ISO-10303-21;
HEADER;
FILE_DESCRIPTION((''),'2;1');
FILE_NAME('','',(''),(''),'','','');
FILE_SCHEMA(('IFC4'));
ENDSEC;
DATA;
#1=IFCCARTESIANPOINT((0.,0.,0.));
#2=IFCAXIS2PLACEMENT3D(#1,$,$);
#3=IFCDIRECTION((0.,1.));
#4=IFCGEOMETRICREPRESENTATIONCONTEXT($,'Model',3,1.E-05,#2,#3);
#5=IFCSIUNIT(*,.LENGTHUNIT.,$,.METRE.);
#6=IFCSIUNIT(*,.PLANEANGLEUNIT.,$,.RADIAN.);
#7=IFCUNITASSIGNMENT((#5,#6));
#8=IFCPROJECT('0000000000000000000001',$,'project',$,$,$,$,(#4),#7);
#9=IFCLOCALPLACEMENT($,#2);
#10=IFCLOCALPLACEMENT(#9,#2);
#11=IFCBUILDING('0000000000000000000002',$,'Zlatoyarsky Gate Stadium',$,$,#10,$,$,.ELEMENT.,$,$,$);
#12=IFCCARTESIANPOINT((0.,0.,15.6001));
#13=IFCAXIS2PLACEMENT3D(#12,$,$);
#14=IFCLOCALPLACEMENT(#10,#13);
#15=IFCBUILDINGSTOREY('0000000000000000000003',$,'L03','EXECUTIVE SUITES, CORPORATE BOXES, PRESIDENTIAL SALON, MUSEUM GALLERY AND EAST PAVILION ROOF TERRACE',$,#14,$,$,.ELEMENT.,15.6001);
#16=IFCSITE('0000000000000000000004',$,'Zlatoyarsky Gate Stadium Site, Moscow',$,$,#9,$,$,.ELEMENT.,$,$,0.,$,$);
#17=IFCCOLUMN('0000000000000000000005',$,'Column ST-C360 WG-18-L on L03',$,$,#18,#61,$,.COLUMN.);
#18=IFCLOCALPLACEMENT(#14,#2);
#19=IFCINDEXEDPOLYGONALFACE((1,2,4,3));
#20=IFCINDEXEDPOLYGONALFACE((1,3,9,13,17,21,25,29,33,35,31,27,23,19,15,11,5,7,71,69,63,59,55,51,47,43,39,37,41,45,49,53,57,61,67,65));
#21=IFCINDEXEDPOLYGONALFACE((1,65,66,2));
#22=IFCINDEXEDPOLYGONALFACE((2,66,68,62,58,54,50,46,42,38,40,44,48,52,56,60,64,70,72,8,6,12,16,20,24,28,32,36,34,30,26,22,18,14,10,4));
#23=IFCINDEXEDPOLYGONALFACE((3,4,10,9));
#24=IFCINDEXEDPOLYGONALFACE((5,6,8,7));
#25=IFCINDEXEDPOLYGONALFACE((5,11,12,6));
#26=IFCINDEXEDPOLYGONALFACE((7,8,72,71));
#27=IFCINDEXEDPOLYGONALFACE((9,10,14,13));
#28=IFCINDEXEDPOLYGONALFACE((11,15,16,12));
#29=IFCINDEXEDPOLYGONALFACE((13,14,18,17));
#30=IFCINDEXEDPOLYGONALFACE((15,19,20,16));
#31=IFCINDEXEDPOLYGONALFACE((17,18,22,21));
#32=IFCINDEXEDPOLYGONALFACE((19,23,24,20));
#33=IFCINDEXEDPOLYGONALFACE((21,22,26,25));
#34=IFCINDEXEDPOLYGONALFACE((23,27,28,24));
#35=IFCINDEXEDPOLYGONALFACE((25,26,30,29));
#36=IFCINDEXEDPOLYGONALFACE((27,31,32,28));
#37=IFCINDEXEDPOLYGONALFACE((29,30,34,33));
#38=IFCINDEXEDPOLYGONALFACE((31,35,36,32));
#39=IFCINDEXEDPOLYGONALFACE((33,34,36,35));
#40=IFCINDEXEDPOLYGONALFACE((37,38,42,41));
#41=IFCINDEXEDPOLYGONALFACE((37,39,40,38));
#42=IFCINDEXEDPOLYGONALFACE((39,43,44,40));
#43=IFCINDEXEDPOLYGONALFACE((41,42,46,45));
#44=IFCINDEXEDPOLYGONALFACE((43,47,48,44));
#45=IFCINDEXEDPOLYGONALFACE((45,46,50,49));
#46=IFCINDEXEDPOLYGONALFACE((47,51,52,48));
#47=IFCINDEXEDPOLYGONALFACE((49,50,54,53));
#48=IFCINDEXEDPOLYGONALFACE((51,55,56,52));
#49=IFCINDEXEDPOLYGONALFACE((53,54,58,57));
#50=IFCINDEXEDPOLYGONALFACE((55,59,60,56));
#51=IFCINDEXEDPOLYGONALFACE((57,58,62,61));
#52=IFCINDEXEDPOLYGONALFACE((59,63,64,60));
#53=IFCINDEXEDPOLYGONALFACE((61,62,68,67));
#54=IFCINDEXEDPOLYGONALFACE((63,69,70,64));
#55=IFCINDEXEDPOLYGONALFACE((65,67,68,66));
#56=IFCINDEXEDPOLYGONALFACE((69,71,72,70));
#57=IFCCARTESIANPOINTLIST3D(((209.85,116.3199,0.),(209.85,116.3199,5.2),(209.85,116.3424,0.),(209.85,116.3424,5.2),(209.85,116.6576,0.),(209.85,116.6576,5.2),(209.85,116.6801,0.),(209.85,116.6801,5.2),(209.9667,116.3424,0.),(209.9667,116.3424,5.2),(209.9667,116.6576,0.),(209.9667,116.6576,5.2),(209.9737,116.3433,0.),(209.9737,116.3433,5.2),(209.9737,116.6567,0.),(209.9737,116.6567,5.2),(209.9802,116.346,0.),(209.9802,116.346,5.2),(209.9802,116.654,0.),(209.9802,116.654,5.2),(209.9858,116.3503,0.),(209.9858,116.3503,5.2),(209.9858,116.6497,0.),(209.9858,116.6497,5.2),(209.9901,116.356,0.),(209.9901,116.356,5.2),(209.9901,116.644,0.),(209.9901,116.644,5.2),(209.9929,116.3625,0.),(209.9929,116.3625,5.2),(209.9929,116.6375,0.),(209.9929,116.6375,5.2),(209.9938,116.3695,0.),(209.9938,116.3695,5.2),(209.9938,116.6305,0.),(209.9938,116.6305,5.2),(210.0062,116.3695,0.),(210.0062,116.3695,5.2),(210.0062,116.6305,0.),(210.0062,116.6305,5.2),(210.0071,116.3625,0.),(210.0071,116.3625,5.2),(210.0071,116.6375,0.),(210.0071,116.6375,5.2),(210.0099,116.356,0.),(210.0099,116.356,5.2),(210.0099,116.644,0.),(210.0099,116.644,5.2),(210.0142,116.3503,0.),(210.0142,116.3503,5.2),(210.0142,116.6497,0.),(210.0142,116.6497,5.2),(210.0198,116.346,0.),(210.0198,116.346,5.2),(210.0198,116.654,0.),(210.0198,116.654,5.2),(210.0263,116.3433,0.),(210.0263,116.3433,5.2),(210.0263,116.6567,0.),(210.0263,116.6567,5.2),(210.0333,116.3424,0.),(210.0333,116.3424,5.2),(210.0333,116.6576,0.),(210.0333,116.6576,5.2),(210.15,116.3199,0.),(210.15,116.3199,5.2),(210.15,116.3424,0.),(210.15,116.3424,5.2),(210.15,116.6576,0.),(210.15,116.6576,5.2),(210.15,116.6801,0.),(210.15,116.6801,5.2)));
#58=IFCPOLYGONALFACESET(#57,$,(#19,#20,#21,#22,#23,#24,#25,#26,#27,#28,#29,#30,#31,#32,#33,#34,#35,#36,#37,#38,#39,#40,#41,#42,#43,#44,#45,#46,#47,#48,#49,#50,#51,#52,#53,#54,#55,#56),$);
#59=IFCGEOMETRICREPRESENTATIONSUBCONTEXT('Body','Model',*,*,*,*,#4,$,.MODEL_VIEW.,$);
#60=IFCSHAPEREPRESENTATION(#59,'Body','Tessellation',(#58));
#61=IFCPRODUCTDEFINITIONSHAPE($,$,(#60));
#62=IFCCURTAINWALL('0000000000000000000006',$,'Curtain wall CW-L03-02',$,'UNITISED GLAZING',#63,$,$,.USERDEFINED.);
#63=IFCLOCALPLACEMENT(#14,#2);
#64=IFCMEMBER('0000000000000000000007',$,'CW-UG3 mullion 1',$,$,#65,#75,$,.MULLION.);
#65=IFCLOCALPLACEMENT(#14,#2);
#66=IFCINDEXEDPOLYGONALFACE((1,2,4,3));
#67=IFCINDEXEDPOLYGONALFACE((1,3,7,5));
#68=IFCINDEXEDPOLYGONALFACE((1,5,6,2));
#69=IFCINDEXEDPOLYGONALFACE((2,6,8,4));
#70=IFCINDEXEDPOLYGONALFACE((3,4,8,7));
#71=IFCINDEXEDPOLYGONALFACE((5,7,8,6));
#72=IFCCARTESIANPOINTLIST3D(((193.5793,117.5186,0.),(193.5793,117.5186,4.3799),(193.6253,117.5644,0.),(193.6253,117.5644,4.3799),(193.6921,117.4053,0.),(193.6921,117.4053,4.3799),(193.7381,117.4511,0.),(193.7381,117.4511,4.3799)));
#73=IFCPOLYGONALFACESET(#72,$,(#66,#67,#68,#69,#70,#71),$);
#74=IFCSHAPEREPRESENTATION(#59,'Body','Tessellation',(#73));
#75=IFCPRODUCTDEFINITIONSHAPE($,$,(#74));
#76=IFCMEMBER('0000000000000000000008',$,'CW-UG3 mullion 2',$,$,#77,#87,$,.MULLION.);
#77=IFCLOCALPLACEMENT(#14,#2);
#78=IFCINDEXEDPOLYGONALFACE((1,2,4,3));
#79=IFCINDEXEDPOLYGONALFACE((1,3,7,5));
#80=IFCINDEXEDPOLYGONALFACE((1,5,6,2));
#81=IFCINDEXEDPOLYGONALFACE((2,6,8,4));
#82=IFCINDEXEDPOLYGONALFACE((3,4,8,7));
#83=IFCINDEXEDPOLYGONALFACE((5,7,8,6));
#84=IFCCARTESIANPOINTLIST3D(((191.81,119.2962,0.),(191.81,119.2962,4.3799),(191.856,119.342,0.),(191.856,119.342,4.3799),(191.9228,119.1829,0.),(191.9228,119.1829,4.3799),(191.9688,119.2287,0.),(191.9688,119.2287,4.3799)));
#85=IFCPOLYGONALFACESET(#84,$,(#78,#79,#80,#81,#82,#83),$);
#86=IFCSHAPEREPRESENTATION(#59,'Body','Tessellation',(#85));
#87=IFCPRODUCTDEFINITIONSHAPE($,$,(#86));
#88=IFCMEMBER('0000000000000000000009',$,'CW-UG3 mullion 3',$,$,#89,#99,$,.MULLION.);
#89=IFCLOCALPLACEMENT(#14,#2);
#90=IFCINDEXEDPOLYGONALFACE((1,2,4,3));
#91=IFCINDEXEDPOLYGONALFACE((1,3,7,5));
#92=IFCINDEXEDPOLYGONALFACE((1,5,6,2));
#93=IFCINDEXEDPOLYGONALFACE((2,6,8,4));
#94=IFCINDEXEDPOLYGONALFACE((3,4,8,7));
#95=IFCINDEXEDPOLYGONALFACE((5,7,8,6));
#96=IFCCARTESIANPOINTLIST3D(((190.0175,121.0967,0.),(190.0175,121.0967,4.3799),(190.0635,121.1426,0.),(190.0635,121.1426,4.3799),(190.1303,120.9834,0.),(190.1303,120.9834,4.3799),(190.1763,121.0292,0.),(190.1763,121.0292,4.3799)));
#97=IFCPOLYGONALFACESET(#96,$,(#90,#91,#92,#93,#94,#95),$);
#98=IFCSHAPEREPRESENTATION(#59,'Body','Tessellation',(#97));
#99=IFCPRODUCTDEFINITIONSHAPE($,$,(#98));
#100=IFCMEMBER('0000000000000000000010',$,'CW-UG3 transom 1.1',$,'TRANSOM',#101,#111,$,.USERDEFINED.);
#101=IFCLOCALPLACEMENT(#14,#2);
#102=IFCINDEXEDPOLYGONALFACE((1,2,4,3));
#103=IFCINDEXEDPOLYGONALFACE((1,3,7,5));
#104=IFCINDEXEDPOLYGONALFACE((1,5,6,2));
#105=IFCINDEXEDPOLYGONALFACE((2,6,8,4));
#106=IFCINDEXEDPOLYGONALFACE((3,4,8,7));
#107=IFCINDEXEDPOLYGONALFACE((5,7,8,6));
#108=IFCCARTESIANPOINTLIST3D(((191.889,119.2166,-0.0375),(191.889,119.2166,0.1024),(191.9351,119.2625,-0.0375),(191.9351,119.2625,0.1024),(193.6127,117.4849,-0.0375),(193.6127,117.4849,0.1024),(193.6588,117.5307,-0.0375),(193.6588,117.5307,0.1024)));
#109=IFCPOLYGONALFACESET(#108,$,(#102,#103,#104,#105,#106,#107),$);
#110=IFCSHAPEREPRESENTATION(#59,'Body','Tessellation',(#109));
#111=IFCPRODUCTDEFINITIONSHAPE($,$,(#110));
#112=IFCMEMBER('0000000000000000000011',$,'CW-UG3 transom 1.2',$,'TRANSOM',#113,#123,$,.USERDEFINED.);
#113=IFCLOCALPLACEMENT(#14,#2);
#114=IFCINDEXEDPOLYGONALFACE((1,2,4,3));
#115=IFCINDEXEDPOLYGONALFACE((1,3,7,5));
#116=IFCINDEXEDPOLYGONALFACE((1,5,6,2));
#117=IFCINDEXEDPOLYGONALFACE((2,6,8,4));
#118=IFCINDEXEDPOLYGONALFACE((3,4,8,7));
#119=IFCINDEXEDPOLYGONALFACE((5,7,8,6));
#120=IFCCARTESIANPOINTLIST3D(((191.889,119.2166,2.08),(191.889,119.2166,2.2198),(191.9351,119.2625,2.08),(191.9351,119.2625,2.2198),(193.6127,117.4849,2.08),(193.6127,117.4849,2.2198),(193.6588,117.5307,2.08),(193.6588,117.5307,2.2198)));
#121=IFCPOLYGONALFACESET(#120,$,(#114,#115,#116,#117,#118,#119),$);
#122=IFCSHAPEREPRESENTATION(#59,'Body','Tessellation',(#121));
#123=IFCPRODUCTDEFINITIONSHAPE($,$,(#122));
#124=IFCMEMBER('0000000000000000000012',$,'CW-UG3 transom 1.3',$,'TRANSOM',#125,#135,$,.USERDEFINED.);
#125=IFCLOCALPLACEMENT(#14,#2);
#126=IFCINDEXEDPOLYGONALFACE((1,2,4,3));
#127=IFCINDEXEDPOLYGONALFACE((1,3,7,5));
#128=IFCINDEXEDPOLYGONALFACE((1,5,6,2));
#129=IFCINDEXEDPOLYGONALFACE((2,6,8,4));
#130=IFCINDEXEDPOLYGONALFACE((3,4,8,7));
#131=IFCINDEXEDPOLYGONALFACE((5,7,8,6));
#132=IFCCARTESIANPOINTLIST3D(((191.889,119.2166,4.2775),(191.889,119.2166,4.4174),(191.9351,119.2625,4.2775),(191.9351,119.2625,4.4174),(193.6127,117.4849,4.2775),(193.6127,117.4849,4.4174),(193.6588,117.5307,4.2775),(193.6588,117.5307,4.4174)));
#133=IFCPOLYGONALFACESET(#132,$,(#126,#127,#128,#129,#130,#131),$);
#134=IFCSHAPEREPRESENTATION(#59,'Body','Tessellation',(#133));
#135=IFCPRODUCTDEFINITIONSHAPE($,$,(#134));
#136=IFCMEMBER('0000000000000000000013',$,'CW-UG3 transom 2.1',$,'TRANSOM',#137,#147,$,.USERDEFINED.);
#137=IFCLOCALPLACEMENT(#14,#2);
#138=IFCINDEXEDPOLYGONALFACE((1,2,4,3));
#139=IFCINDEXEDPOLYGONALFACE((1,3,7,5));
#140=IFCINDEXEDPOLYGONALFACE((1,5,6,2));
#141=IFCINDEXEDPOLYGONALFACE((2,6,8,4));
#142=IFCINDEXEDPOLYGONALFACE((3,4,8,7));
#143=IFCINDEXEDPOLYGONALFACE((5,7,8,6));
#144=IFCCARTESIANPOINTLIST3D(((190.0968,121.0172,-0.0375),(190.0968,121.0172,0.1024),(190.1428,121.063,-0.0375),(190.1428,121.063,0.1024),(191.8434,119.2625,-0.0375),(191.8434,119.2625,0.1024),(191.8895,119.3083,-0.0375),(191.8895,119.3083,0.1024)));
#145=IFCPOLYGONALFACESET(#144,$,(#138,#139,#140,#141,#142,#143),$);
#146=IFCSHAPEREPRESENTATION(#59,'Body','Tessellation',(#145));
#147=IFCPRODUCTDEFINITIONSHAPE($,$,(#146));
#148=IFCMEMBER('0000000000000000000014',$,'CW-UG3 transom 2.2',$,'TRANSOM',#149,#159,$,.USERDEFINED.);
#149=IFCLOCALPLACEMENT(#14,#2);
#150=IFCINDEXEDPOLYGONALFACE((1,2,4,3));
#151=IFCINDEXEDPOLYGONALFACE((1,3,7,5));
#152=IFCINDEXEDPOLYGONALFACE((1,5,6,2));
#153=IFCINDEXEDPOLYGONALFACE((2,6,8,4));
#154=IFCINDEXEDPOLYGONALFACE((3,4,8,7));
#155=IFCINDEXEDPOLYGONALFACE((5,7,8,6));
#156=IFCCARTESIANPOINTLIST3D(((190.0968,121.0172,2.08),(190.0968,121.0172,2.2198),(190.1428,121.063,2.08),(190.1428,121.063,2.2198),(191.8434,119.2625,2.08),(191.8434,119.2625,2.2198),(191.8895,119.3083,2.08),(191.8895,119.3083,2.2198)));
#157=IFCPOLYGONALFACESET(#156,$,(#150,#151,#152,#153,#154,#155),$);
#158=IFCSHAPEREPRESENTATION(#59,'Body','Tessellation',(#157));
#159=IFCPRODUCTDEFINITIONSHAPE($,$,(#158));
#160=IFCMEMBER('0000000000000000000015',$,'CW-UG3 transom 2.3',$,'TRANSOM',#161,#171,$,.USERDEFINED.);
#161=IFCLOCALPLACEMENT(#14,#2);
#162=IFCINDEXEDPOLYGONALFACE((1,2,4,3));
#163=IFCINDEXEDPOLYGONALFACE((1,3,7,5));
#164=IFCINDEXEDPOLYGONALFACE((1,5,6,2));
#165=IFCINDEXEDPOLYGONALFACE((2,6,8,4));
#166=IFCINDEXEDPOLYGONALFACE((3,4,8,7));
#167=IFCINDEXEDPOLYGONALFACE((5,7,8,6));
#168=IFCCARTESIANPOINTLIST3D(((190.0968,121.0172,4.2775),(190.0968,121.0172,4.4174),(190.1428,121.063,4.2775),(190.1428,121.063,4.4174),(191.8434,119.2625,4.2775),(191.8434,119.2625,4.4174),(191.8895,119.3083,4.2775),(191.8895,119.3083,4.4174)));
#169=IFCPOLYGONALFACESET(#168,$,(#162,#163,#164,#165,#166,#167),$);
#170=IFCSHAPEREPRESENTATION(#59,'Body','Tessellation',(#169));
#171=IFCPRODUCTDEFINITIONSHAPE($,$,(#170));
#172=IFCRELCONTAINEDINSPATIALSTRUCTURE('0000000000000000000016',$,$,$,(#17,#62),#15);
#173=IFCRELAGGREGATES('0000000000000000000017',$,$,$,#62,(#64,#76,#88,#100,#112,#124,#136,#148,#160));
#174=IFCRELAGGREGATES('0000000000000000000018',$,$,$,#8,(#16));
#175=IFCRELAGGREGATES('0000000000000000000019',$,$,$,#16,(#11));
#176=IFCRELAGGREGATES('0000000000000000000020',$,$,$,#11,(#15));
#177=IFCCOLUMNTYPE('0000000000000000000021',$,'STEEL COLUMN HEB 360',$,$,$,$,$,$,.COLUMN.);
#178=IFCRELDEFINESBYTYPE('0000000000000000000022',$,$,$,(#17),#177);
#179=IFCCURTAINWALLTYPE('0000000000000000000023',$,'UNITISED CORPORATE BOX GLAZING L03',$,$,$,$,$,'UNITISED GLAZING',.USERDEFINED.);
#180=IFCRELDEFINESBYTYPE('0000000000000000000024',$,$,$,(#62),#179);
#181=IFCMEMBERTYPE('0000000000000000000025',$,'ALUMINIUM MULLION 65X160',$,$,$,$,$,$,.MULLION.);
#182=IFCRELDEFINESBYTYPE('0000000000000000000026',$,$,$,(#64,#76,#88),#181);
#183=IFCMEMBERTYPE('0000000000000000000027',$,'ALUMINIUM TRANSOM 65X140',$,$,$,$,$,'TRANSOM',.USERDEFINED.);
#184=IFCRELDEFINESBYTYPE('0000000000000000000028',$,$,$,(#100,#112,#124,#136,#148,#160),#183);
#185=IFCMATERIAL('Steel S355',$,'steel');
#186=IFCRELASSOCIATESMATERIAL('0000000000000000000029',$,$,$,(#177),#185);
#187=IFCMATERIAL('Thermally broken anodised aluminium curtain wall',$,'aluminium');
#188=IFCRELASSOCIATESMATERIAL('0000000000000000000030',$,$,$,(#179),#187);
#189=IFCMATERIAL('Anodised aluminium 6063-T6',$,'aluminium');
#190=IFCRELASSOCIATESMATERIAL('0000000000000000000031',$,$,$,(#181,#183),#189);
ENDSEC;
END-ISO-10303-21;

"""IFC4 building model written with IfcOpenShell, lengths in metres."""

from ifc_helpers import new_model, si_unit, direction, frame, origin, origin_2d, place, context, subcontext, project, spatial, rectangle, i_section, extrude, material, material_profile, profile_set, type_object, element, aggregate, save


model = new_model("IFC4")

# Units and contexts
model_context = context("Model", 3, precision=1e-05, world=origin(), true_north=direction((0.0, 1.0)))
body_context = subcontext(model_context, "Body", "Model", "MODEL_VIEW")
ifc_project = project(units=[si_unit("LENGTHUNIT", "METRE"), si_unit("PLANEANGLEUNIT", "RADIAN")], contexts=[model_context])

# Site, building, storey
site_placement = place(None, origin())
site = spatial("IfcSite", under=ifc_project, at=site_placement, Name="Zlatoyarsky Gate Stadium Site, Moscow", CompositionType="ELEMENT", RefElevation=0.0)
building_placement = place(site_placement, origin())
building = spatial("IfcBuilding", under=site, at=building_placement, Name="Zlatoyarsky Gate Stadium", CompositionType="ELEMENT")
storey_placement = place(building_placement, frame((0.0, 0.0, 15.6001)))
storey = spatial("IfcBuildingStorey", under=building, at=storey_placement, Name="L03", Description="EXECUTIVE SUITES, CORPORATE BOXES, PRESIDENTIAL SALON, MUSEUM GALLERY AND EAST PAVILION ROOF TERRACE", CompositionType="ELEMENT", Elevation=15.6001)

# Column
ifc_material_1 = material(Name="Steel S355", Category="steel")
ifc_material_profile_1 = material_profile(ifc_material_1, i_section(OverallWidth=0.3, OverallDepth=0.3601, WebThickness=0.0125, FlangeThickness=0.0225, FilletRadius=0.0271, at=origin_2d()), Name="HEB 360")
ifc_profile_set_1 = profile_set([ifc_material_profile_1], Name="Steel S355")
column_type = type_object("IfcColumnType", Name="STEEL COLUMN HEB 360", PredefinedType="COLUMN", material=ifc_profile_set_1)
column_placement = place(storey_placement, frame((210.0, 116.5, 0.0), z_axis=(0.0, 0.0, 1.0), x_axis=(1.0, 0.0, 0.0)))
element("IfcColumn", 1, at=column_placement, inside=storey, type_object=column_type, Name="Column ST-C360 WG-18-L on L03", PredefinedType="COLUMN", context=body_context, shape_type="SweptSolid", body=[
    extrude(i_section(OverallWidth=0.3, OverallDepth=0.3601, WebThickness=0.0125, FlangeThickness=0.0225, FilletRadius=0.0271, at=origin_2d()), origin(), (0.0, 0.0, 1.0), 5.2),
])

# Curtain wall, members
ifc_material_2 = material(Name="Thermally broken anodised aluminium curtain wall", Category="aluminium")
curtain_wall_type = type_object("IfcCurtainWallType", Name="UNITISED CORPORATE BOX GLAZING L03", ElementType="UNITISED GLAZING", PredefinedType="USERDEFINED", material=ifc_material_2)
curtain_wall_placement = place(storey_placement, origin())
curtain_wall = element("IfcCurtainWall", 2, at=curtain_wall_placement, inside=storey, type_object=curtain_wall_type, Name="Curtain wall CW-L03-02", ObjectType="UNITISED GLAZING", PredefinedType="USERDEFINED")
ifc_material_3 = material(Name="Anodised aluminium 6063-T6", Category="aluminium")
ifc_material_profile_2 = material_profile(ifc_material_3, rectangle(XDim=0.0649, YDim=0.1599, at=origin_2d()), Name="ALU 65X160")
ifc_profile_set_2 = profile_set([ifc_material_profile_2], Name="Anodised aluminium 6063-T6")
member_type_1 = type_object("IfcMemberType", Name="ALUMINIUM MULLION 65X160", PredefinedType="MULLION", material=ifc_profile_set_2)
member_1_placement = place(storey_placement, frame((193.6587, 117.4849, 0.0), z_axis=(0.0, 0.0, 1.0), x_axis=(-0.708721, -0.705489, 0.0)))
member_1 = element("IfcMember", 3, at=member_1_placement, type_object=member_type_1, Name="CW-UG3 mullion 1", PredefinedType="MULLION", context=body_context, shape_type="SweptSolid", body=[
    extrude(rectangle(XDim=0.0649, YDim=0.1599, at=origin_2d()), origin(), (0.0, 0.0, 1.0), 4.3799),
])
member_2_placement = place(storey_placement, frame((191.8894, 119.2625, 0.0), z_axis=(0.0, 0.0, 1.0), x_axis=(-0.708721, -0.705489, 0.0)))
member_2 = element("IfcMember", 4, at=member_2_placement, type_object=member_type_1, Name="CW-UG3 mullion 2", PredefinedType="MULLION", context=body_context, shape_type="SweptSolid", body=[
    extrude(rectangle(XDim=0.0649, YDim=0.1599, at=origin_2d()), origin(), (0.0, 0.0, 1.0), 4.3799),
])
member_3_placement = place(storey_placement, frame((190.0969, 121.063, 0.0), z_axis=(0.0, 0.0, 1.0), x_axis=(-0.708721, -0.705489, 0.0)))
member_3 = element("IfcMember", 5, at=member_3_placement, type_object=member_type_1, Name="CW-UG3 mullion 3", PredefinedType="MULLION", context=body_context, shape_type="SweptSolid", body=[
    extrude(rectangle(XDim=0.0649, YDim=0.1599, at=origin_2d()), origin(), (0.0, 0.0, 1.0), 4.3799),
])
ifc_material_profile_3 = material_profile(ifc_material_3, rectangle(XDim=0.0649, YDim=0.1399, at=origin_2d()), Name="ALU 65X140")
ifc_profile_set_3 = profile_set([ifc_material_profile_3], Name="Anodised aluminium 6063-T6")
member_type_2 = type_object("IfcMemberType", Name="ALUMINIUM TRANSOM 65X140", ElementType="TRANSOM", PredefinedType="USERDEFINED", material=ifc_profile_set_3)
member_4_placement = place(storey_placement, frame((193.6357, 117.5078, 0.0325), z_axis=(-0.705456, 0.708754, 0.0), x_axis=(-0.708754, -0.705456, 0.0)))
member_4 = element("IfcMember", 6, at=member_4_placement, type_object=member_type_2, Name="CW-UG3 transom 1.1", ObjectType="TRANSOM", PredefinedType="USERDEFINED", context=body_context, shape_type="SweptSolid", body=[
    extrude(rectangle(XDim=0.0649, YDim=0.1399, at=origin_2d()), origin(), (0.0, 0.0, 1.0), 2.4434),
])
member_5_placement = place(storey_placement, frame((193.6357, 117.5078, 2.1499), z_axis=(-0.705456, 0.708754, 0.0), x_axis=(-0.708754, -0.705456, 0.0)))
member_5 = element("IfcMember", 7, at=member_5_placement, type_object=member_type_2, Name="CW-UG3 transom 1.2", ObjectType="TRANSOM", PredefinedType="USERDEFINED", context=body_context, shape_type="SweptSolid", body=[
    extrude(rectangle(XDim=0.0649, YDim=0.1399, at=origin_2d()), origin(), (0.0, 0.0, 1.0), 2.4434),
])
member_6_placement = place(storey_placement, frame((193.6357, 117.5078, 4.3474), z_axis=(-0.705456, 0.708754, 0.0), x_axis=(-0.708754, -0.705456, 0.0)))
member_6 = element("IfcMember", 8, at=member_6_placement, type_object=member_type_2, Name="CW-UG3 transom 1.3", ObjectType="TRANSOM", PredefinedType="USERDEFINED", context=body_context, shape_type="SweptSolid", body=[
    extrude(rectangle(XDim=0.0649, YDim=0.1399, at=origin_2d()), origin(), (0.0, 0.0, 1.0), 2.4434),
])
member_7_placement = place(storey_placement, frame((191.8665, 119.2854, 0.0325), z_axis=(-0.705478, 0.708732, 0.0), x_axis=(-0.708732, -0.705478, 0.0)))
member_7 = element("IfcMember", 9, at=member_7_placement, type_object=member_type_2, Name="CW-UG3 transom 2.1", ObjectType="TRANSOM", PredefinedType="USERDEFINED", context=body_context, shape_type="SweptSolid", body=[
    extrude(rectangle(XDim=0.0649, YDim=0.1399, at=origin_2d()), origin(), (0.0, 0.0, 1.0), 2.4758),
])
member_8_placement = place(storey_placement, frame((191.8665, 119.2854, 2.1499), z_axis=(-0.705478, 0.708732, 0.0), x_axis=(-0.708732, -0.705478, 0.0)))
member_8 = element("IfcMember", 10, at=member_8_placement, type_object=member_type_2, Name="CW-UG3 transom 2.2", ObjectType="TRANSOM", PredefinedType="USERDEFINED", context=body_context, shape_type="SweptSolid", body=[
    extrude(rectangle(XDim=0.0649, YDim=0.1399, at=origin_2d()), origin(), (0.0, 0.0, 1.0), 2.4758),
])
member_9_placement = place(storey_placement, frame((191.8665, 119.2854, 4.3474), z_axis=(-0.705478, 0.708732, 0.0), x_axis=(-0.708732, -0.705478, 0.0)))
member_9 = element("IfcMember", 11, at=member_9_placement, type_object=member_type_2, Name="CW-UG3 transom 2.3", ObjectType="TRANSOM", PredefinedType="USERDEFINED", context=body_context, shape_type="SweptSolid", body=[
    extrude(rectangle(XDim=0.0649, YDim=0.1399, at=origin_2d()), origin(), (0.0, 0.0, 1.0), 2.4758),
])

aggregate(curtain_wall, [member_1, member_2, member_3, member_4, member_5, member_6, member_7, member_8, member_9])

save(model, "model.ifc")
